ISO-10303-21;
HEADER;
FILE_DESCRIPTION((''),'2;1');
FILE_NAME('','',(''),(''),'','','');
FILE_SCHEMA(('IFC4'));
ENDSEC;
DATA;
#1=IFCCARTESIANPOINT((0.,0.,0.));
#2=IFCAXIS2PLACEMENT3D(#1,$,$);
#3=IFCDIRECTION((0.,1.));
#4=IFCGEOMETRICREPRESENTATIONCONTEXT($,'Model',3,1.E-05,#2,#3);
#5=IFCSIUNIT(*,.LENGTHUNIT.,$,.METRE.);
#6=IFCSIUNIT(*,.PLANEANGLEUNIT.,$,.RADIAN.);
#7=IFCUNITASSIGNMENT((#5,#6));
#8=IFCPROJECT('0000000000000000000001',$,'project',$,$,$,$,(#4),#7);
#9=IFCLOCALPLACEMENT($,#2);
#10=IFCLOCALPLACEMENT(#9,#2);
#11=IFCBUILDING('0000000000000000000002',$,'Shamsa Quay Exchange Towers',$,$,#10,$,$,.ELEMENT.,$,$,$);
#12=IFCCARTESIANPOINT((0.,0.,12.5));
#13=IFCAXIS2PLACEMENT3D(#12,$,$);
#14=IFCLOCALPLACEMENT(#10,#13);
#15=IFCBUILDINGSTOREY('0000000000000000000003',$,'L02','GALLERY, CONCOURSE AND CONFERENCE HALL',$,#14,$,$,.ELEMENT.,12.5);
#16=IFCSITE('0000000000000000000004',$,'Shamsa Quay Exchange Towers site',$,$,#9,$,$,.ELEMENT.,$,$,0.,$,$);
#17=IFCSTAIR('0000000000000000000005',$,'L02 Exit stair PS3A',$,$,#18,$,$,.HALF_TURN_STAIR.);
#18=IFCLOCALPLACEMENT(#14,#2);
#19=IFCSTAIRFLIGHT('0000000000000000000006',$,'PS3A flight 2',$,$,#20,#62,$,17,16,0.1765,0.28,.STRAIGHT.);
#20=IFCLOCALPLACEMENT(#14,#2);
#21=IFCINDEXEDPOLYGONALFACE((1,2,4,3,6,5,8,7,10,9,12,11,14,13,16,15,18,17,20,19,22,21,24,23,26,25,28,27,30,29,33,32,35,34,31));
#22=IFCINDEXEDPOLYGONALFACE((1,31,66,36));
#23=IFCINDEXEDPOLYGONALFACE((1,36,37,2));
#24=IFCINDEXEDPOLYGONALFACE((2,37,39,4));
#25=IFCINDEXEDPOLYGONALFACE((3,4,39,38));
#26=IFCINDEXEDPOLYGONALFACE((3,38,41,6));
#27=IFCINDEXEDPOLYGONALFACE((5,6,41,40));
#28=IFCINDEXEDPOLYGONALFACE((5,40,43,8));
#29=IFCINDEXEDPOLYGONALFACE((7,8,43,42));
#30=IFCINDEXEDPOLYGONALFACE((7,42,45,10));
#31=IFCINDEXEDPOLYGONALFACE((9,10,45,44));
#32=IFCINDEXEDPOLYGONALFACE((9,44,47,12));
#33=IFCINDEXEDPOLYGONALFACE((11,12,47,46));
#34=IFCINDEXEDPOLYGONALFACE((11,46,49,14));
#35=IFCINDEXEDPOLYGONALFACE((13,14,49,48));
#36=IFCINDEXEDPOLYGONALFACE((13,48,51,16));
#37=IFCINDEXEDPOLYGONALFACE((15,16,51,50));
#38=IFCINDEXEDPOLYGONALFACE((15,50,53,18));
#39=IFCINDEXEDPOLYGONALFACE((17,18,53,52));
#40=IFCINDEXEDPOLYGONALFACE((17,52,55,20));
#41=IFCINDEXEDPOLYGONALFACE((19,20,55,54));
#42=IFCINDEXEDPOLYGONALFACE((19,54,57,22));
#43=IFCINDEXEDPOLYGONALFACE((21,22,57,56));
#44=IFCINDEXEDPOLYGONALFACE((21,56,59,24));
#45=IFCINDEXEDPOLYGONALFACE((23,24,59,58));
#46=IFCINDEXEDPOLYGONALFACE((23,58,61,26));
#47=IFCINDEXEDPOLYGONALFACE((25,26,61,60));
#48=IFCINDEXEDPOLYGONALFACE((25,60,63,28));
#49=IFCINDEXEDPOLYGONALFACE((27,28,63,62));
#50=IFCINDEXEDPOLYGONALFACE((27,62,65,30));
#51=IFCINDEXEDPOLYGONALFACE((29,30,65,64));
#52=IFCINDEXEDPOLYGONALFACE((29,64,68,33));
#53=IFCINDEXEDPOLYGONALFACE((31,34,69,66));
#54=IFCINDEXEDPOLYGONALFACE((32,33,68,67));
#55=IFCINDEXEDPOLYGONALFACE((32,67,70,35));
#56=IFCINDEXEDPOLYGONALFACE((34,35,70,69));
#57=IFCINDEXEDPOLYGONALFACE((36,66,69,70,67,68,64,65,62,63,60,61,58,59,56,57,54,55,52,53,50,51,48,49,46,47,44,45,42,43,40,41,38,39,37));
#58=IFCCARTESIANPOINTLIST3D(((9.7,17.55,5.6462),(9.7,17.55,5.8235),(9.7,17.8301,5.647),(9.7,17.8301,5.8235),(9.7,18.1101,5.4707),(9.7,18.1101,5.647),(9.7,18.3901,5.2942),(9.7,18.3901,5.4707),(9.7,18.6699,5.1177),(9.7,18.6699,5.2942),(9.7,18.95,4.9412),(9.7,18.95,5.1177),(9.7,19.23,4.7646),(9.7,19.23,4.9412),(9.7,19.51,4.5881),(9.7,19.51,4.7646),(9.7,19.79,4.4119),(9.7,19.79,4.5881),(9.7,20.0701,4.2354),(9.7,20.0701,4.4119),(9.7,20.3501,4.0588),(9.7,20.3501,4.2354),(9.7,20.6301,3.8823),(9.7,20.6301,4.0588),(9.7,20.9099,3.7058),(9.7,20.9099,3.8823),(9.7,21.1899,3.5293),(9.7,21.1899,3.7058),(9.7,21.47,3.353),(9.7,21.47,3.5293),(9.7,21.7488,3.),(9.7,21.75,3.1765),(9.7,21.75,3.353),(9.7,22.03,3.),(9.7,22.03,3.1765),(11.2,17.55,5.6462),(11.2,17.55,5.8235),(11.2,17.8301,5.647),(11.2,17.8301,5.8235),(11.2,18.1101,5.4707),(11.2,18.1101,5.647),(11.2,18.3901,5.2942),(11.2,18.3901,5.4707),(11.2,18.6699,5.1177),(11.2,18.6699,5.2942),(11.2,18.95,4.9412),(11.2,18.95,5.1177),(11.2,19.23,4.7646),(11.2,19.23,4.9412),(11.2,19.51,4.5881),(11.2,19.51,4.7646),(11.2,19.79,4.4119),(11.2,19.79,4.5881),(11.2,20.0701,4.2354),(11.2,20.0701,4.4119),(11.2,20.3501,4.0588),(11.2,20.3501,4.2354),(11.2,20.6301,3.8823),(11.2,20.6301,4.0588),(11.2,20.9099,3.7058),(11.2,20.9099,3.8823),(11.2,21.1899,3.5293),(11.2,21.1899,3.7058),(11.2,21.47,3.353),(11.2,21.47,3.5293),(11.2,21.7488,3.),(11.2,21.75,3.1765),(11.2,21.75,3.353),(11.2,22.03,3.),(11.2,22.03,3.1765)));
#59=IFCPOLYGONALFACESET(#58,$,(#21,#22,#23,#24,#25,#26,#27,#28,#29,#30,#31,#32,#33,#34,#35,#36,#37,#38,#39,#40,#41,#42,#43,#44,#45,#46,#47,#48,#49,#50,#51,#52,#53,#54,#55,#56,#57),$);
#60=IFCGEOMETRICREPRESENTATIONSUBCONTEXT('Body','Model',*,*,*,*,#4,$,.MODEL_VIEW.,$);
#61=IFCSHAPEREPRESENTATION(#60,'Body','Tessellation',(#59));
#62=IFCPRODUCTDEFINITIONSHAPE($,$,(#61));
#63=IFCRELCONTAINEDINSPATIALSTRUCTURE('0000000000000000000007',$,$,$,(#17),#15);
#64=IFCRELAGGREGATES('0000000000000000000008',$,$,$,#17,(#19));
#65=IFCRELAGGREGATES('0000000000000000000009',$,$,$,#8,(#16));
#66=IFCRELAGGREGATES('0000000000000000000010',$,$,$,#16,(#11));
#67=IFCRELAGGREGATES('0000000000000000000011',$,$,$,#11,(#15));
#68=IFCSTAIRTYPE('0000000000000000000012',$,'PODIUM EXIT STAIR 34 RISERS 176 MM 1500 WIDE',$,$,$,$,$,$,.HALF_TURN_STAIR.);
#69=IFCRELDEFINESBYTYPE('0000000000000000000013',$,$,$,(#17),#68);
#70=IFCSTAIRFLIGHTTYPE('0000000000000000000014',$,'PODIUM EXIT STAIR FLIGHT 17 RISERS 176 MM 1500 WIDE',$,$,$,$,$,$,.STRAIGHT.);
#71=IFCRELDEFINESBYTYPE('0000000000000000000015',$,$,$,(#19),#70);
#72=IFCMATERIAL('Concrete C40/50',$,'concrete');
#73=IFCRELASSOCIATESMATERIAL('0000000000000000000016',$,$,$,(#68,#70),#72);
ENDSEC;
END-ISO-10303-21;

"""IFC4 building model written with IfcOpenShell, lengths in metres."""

from ifc_helpers import new_model, si_unit, direction, frame, origin, place, context, subcontext, project, spatial, polyline, outline, extrude, material, type_object, element, aggregate, save


model = new_model("IFC4")

# Units and contexts
model_context = context("Model", 3, precision=1e-05, world=origin(), true_north=direction((0.0, 1.0)))
body_context = subcontext(model_context, "Body", "Model", "MODEL_VIEW")
ifc_project = project(units=[si_unit("LENGTHUNIT", "METRE"), si_unit("PLANEANGLEUNIT", "RADIAN")], contexts=[model_context])

# Site, building, storey
site_placement = place(None, origin())
site = spatial("IfcSite", under=ifc_project, at=site_placement, Name="Shamsa Quay Exchange Towers site", CompositionType="ELEMENT", RefElevation=0.0)
building_placement = place(site_placement, origin())
building = spatial("IfcBuilding", under=site, at=building_placement, Name="Shamsa Quay Exchange Towers", CompositionType="ELEMENT")
storey_placement = place(building_placement, frame((0.0, 0.0, 12.5)))
storey = spatial("IfcBuildingStorey", under=building, at=storey_placement, Name="L02", Description="GALLERY, CONCOURSE AND CONFERENCE HALL", CompositionType="ELEMENT", Elevation=12.5)

# Stair
ifc_material_1 = material(Name="Concrete C40/50", Category="concrete")
stair_type = type_object("IfcStairType", Name="PODIUM EXIT STAIR 34 RISERS 176 MM 1500 WIDE", PredefinedType="HALF_TURN_STAIR", material=ifc_material_1)
stair_1_placement = place(storey_placement, origin())
stair_1 = element("IfcStair", 1, at=stair_1_placement, inside=storey, type_object=stair_type, Name="L02 Exit stair PS3A", PredefinedType="HALF_TURN_STAIR")

# Stair flight
stair_flight_type = type_object("IfcStairFlightType", Name="PODIUM EXIT STAIR FLIGHT 17 RISERS 176 MM 1500 WIDE", PredefinedType="STRAIGHT", material=ifc_material_1)
stair_flight_1_placement = place(storey_placement, frame((10.45, 22.03, 3.0), z_axis=(0.0, 0.0, 1.0), x_axis=(0.0, -1.0, 0.0)))
stair_flight_1 = element("IfcStairFlight", 2, at=stair_flight_1_placement, type_object=stair_flight_type, Name="PS3A flight 2", NumberOfRisers=17, NumberOfTreads=16, PredefinedType="STRAIGHT", RiserHeight=0.1765, TreadLength=0.28, context=body_context, shape_type="SweptSolid", body=[
    extrude(outline(polyline([(0.0, 0.0), (0.0, 0.1765), (0.28, 0.1765), (0.28, 0.353), (0.5601, 0.353), (0.5601, 0.5293), (0.8401, 0.5293), (0.8401, 0.7058), (1.1201, 0.7058), (1.1201, 0.8823), (1.3999, 0.8823), (1.3999, 1.0588), (1.6799, 1.0588), (1.6799, 1.2354), (1.96, 1.2354), (1.96, 1.4119), (2.24, 1.4119), (2.24, 1.5881), (2.52, 1.5881), (2.52, 1.7646), (2.8, 1.7646), (2.8, 1.9412), (3.0801, 1.9412), (3.0801, 2.1177), (3.3601, 2.1177), (3.3601, 2.2942), (3.6399, 2.2942), (3.6399, 2.4707), (3.9199, 2.4707), (3.9199, 2.647), (4.2, 2.647), (4.2, 2.8235), (4.48, 2.8235), (4.48, 3.0), (4.48, 2.6462), (0.2812, 0.0), (0.0, 0.0)])), frame((0.0, 0.75, 0.0), z_axis=(0.0, -1.0, 0.0), x_axis=(1.0, 0.0, 0.0)), (0.0, 0.0, 1.0), 1.5),
])
aggregate(stair_1, [stair_flight_1])

save(model, "model.ifc")
